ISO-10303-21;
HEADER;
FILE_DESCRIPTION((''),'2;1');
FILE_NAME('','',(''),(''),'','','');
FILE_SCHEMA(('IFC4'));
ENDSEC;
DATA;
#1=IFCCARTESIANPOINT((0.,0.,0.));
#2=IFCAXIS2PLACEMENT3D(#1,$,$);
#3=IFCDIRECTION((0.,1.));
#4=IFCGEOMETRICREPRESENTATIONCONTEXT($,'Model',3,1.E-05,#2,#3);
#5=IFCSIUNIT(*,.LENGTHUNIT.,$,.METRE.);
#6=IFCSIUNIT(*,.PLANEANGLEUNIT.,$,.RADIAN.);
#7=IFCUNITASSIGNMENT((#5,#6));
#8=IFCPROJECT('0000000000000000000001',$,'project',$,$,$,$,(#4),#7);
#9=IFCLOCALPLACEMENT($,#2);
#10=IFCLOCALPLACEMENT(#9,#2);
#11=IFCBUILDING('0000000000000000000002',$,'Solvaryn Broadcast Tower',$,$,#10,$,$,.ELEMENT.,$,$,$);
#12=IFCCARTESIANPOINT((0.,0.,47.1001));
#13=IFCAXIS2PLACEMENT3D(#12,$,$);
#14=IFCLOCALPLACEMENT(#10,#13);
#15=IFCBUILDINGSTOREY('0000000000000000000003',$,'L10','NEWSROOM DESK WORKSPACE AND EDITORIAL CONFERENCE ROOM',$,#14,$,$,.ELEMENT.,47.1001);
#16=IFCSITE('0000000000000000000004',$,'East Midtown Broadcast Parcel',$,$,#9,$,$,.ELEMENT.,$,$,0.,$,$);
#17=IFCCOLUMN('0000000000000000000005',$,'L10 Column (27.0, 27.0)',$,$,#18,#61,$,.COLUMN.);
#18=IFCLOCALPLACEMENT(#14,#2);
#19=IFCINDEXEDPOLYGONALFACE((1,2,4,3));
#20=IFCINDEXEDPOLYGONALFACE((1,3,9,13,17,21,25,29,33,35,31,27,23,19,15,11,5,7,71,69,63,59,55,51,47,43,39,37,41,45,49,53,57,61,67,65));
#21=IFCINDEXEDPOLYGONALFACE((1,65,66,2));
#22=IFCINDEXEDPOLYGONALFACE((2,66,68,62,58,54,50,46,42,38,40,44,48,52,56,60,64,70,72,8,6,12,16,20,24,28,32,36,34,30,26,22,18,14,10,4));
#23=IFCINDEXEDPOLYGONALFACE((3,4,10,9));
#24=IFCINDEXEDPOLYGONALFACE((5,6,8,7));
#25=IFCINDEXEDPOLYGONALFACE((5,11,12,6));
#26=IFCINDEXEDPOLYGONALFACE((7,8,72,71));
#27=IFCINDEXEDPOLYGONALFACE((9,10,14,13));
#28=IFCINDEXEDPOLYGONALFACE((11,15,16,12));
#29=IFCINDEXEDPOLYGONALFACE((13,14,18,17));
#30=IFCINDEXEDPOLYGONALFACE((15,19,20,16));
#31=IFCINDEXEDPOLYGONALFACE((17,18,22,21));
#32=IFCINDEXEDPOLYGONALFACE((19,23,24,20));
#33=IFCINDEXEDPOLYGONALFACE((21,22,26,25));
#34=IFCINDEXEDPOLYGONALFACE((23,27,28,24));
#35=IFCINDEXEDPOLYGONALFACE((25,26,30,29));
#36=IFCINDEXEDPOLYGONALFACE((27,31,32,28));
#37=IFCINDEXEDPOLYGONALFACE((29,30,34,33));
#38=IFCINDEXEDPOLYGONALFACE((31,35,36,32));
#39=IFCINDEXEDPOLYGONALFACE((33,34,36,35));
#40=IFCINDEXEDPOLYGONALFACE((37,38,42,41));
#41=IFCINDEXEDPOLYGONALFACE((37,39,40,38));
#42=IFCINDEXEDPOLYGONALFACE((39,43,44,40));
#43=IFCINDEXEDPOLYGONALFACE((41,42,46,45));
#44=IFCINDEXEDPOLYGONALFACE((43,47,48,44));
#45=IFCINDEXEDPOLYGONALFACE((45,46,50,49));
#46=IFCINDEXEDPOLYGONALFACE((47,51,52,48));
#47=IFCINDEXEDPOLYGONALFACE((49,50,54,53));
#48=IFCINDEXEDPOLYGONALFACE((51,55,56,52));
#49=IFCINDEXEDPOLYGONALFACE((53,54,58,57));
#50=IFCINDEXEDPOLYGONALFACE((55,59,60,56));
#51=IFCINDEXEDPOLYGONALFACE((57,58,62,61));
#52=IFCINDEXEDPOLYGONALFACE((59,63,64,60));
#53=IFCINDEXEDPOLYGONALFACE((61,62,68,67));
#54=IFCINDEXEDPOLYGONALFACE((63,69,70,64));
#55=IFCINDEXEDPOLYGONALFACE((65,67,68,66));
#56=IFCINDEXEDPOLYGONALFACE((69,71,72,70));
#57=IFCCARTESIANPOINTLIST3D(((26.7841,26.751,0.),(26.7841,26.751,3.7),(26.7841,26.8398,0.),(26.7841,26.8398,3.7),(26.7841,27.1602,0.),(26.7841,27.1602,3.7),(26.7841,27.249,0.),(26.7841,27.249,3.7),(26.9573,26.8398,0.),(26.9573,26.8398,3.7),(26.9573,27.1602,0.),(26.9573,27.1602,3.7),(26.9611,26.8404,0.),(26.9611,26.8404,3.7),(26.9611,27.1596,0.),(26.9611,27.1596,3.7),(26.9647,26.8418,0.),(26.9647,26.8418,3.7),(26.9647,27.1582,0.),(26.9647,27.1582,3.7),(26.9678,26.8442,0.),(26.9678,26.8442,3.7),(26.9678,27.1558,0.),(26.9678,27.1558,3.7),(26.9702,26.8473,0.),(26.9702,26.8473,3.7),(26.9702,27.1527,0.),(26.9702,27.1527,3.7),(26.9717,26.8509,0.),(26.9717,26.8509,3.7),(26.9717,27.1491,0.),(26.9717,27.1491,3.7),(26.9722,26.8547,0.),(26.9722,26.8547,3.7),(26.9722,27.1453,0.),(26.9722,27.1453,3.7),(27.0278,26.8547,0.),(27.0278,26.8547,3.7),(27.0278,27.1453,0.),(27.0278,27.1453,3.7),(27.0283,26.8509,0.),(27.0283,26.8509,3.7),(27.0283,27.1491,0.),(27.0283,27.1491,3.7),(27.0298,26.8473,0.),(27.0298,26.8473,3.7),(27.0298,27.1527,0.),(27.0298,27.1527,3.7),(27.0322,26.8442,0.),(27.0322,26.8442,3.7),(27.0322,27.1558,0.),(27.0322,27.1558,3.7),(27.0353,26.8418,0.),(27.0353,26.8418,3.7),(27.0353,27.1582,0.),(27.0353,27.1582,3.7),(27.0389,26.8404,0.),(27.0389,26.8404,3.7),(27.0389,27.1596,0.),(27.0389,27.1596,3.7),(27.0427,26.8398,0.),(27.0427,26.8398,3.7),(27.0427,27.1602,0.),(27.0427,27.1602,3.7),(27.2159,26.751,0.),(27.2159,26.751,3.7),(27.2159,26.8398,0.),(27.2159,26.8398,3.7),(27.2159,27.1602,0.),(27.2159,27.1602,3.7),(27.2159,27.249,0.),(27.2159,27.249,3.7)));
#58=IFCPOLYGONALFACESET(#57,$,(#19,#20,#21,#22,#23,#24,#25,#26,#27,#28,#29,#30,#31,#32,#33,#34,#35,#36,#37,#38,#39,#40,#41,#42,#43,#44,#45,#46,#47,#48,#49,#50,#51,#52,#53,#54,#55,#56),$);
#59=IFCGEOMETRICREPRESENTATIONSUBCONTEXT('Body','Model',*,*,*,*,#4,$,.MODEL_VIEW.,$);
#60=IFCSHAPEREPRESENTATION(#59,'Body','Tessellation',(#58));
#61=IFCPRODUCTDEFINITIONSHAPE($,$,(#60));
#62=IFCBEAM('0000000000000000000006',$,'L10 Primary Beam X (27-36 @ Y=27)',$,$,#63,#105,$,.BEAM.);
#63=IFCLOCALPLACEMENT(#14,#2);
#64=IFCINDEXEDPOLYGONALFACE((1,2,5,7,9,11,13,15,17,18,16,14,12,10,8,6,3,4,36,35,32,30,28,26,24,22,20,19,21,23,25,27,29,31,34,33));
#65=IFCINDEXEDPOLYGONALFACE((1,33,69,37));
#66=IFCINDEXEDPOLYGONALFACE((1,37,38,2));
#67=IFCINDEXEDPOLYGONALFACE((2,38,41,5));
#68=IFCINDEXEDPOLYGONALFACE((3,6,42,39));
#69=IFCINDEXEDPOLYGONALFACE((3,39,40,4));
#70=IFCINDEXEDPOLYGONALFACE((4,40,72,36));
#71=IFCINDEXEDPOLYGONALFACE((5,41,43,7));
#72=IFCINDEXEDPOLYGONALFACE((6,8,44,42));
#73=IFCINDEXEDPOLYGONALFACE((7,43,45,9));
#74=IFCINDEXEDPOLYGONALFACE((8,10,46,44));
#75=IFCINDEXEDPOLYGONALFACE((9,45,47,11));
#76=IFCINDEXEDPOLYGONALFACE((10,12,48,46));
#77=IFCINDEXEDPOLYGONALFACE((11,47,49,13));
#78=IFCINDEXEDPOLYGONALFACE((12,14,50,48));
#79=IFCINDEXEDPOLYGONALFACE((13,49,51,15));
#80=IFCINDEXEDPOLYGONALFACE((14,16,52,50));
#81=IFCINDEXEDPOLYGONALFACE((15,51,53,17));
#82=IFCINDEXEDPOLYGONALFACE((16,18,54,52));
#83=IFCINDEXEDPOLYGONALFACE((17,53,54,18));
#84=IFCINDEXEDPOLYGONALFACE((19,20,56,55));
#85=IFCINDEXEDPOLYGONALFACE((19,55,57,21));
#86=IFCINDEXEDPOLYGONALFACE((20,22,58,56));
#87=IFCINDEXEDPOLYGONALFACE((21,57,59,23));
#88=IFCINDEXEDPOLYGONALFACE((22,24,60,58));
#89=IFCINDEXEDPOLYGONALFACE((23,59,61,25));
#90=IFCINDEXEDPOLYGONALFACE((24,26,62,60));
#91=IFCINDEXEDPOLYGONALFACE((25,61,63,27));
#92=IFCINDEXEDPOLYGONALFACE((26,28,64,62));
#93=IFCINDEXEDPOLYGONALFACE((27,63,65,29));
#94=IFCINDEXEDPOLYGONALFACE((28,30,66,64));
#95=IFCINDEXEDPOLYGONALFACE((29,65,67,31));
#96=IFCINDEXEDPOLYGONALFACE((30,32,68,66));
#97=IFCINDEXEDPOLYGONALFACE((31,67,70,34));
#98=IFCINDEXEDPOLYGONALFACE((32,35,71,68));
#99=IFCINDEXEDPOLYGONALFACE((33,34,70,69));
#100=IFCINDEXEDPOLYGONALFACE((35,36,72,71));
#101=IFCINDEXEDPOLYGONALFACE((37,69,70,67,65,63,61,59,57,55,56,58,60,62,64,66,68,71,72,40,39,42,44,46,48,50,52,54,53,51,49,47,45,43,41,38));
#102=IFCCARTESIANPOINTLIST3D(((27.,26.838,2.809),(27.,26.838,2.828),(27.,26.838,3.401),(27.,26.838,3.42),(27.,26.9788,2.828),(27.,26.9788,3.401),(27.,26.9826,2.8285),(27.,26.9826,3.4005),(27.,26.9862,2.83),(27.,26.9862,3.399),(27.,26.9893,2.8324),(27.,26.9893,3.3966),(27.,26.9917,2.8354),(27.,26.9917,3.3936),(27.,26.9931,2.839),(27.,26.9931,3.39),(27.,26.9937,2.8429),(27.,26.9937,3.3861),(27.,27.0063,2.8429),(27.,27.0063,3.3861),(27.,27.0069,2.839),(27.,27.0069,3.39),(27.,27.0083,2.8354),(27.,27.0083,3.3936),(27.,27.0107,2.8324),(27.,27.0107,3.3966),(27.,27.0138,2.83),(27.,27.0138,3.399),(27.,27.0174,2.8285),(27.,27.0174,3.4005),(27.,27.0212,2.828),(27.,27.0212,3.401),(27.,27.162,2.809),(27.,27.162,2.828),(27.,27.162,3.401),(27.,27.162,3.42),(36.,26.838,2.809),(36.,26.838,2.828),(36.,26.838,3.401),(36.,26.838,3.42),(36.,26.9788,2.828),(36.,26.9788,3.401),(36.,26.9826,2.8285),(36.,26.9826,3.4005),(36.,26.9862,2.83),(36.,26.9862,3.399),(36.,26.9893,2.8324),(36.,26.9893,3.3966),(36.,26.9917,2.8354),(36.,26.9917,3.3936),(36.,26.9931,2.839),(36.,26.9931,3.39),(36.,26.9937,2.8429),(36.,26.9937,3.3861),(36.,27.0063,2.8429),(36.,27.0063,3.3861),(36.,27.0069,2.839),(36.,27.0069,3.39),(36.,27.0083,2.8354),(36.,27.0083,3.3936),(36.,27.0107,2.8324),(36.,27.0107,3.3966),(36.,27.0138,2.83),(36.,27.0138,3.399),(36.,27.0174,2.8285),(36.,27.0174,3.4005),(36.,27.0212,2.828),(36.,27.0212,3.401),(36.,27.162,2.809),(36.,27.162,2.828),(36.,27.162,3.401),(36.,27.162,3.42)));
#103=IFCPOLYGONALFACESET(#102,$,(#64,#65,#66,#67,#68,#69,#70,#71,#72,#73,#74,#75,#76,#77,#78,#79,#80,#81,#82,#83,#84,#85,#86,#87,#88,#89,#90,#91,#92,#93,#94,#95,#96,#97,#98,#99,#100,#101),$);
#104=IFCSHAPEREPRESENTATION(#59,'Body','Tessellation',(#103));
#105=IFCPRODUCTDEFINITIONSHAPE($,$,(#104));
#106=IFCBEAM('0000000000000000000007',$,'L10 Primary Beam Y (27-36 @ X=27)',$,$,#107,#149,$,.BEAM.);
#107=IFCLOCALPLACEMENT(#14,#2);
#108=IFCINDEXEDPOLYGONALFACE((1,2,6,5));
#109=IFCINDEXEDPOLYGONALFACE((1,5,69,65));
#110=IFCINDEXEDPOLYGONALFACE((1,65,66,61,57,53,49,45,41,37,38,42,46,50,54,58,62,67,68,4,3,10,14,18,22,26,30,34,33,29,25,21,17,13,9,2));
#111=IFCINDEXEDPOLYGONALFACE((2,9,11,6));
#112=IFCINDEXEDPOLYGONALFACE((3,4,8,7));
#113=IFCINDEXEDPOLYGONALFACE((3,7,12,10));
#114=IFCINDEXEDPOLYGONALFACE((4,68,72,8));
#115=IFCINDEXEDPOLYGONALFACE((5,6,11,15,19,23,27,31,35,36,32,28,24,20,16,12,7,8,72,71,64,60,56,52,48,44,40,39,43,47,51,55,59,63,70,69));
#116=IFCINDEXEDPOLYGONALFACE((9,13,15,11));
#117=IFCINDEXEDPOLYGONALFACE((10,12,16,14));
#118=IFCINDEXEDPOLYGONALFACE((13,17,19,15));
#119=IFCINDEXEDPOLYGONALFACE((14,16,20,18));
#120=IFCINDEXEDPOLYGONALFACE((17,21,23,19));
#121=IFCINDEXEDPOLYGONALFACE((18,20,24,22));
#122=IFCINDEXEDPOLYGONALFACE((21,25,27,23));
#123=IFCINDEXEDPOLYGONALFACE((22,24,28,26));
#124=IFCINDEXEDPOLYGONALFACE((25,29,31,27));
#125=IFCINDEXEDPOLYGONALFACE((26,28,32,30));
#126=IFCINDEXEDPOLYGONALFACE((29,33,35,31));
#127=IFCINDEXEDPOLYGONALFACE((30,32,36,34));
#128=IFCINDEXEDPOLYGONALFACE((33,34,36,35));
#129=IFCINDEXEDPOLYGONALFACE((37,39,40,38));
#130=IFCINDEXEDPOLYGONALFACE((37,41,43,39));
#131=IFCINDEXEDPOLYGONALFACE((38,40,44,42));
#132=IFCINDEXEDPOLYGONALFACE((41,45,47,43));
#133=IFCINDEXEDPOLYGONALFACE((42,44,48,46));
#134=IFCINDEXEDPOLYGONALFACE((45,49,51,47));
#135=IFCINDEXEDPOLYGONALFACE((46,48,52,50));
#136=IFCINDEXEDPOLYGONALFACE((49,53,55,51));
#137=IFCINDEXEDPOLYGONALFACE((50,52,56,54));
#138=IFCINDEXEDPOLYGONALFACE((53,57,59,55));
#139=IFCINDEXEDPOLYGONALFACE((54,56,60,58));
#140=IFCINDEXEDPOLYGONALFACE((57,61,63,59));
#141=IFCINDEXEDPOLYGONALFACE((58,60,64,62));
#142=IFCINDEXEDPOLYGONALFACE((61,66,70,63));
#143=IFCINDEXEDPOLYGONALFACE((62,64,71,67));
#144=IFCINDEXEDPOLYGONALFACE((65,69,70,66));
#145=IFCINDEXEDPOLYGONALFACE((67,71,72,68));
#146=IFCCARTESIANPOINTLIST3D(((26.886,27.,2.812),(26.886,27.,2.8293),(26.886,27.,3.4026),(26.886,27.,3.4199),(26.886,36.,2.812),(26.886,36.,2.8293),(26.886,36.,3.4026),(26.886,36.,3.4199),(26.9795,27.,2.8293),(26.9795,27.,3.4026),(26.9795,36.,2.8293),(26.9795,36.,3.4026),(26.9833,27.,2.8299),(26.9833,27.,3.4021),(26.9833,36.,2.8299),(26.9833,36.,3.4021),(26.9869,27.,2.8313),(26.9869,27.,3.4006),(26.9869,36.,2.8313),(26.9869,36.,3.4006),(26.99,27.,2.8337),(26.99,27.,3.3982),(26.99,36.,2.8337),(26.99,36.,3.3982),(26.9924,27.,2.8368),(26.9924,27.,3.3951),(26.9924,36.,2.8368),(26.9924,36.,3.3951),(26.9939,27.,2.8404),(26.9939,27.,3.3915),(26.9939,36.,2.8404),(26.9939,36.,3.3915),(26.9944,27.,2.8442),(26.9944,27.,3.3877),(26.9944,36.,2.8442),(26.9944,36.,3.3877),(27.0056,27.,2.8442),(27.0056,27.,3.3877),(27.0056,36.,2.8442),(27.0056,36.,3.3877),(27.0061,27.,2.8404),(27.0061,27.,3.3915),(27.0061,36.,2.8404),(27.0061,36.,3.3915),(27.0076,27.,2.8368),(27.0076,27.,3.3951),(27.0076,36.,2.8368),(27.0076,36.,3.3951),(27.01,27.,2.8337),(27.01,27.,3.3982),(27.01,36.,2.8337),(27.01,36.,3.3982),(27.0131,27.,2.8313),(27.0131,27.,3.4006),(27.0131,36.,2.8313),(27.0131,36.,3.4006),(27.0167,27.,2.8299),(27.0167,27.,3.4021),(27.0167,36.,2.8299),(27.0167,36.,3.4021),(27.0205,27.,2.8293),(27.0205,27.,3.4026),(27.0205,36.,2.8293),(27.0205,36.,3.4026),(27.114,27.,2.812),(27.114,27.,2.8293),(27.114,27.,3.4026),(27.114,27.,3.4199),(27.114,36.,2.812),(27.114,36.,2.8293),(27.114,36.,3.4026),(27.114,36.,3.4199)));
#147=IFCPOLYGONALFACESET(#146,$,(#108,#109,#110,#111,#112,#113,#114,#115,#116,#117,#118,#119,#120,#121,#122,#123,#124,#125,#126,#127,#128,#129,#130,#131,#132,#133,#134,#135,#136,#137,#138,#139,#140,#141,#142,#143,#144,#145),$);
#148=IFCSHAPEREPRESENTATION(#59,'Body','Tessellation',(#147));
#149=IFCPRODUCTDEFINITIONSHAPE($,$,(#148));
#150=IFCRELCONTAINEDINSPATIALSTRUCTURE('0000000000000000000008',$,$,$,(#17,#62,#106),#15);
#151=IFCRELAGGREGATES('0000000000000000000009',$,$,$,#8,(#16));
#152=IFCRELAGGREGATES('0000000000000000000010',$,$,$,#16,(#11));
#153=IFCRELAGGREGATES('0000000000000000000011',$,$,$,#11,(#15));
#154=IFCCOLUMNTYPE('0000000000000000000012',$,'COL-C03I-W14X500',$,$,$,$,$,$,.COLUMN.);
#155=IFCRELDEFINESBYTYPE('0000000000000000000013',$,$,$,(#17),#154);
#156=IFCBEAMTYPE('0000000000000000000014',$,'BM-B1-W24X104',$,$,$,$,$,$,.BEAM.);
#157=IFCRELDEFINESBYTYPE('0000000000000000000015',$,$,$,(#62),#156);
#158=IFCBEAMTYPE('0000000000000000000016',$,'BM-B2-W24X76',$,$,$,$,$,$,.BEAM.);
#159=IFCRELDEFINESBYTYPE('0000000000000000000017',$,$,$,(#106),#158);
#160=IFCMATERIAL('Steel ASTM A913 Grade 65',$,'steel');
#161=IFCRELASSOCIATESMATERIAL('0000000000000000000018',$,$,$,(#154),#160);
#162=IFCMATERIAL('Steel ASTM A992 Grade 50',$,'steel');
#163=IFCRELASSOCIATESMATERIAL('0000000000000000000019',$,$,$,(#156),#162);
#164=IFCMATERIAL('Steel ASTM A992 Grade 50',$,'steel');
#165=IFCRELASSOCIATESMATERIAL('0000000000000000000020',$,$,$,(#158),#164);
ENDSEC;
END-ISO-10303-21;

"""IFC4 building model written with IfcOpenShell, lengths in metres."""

from ifc_helpers import new_model, si_unit, direction, frame, origin, origin_2d, place, context, subcontext, project, spatial, i_section, extrude, material, material_profile, profile_set, type_object, element, save


model = new_model("IFC4")

# Units and contexts
model_context = context("Model", 3, precision=1e-05, world=origin(), true_north=direction((0.0, 1.0)))
body_context = subcontext(model_context, "Body", "Model", "MODEL_VIEW")
ifc_project = project(units=[si_unit("LENGTHUNIT", "METRE"), si_unit("PLANEANGLEUNIT", "RADIAN")], contexts=[model_context])

# Site, building, storey
site_placement = place(None, origin())
site = spatial("IfcSite", under=ifc_project, at=site_placement, Name="East Midtown Broadcast Parcel", CompositionType="ELEMENT", RefElevation=0.0)
building_placement = place(site_placement, origin())
building = spatial("IfcBuilding", under=site, at=building_placement, Name="Solvaryn Broadcast Tower", CompositionType="ELEMENT")
storey_placement = place(building_placement, frame((0.0, 0.0, 47.1001)))
storey = spatial("IfcBuildingStorey", under=building, at=storey_placement, Name="L10", Description="NEWSROOM DESK WORKSPACE AND EDITORIAL CONFERENCE ROOM", CompositionType="ELEMENT", Elevation=47.1001)

# Column
ifc_material_1 = material(Name="Steel ASTM A913 Grade 65", Category="steel")
ifc_material_profile_1 = material_profile(ifc_material_1, i_section(OverallWidth=0.4319, OverallDepth=0.498, WebThickness=0.0557, FlangeThickness=0.0889, FilletRadius=0.0149, at=origin_2d()))
ifc_profile_set_1 = profile_set([ifc_material_profile_1], Name="Steel ASTM A913 Grade 65")
column_type = type_object("IfcColumnType", Name="COL-C03I-W14X500", PredefinedType="COLUMN", material=ifc_profile_set_1)
column_placement = place(storey_placement, frame((27.0, 27.0, 0.0), z_axis=(0.0, 0.0, 1.0), x_axis=(1.0, 0.0, 0.0)))
element("IfcColumn", 1, at=column_placement, inside=storey, type_object=column_type, Name="L10 Column (27.0, 27.0)", PredefinedType="COLUMN", context=body_context, shape_type="SweptSolid", body=[
    extrude(i_section(OverallWidth=0.4319, OverallDepth=0.498, WebThickness=0.0557, FlangeThickness=0.0889, FilletRadius=0.0149, at=origin_2d()), origin(), (0.0, 0.0, 1.0), 3.7),
])

# Beams
ifc_material_2 = material(Name="Steel ASTM A992 Grade 50", Category="steel")
ifc_material_profile_2 = material_profile(ifc_material_2, i_section(OverallWidth=0.324, OverallDepth=0.6111, WebThickness=0.0127, FlangeThickness=0.019, FilletRadius=0.0149, at=origin_2d()))
ifc_profile_set_2 = profile_set([ifc_material_profile_2], Name="Steel ASTM A992 Grade 50")
beam_type_1 = type_object("IfcBeamType", Name="BM-B1-W24X104", PredefinedType="BEAM", material=ifc_profile_set_2)
beam_1_placement = place(storey_placement, frame((27.0, 27.0, 3.1145), z_axis=(1.0, 0.0, 0.0), x_axis=(0.0, 1.0, 0.0)))
element("IfcBeam", 2, at=beam_1_placement, inside=storey, type_object=beam_type_1, Name="L10 Primary Beam X (27-36 @ Y=27)", PredefinedType="BEAM", context=body_context, shape_type="SweptSolid", body=[
    extrude(i_section(OverallWidth=0.324, OverallDepth=0.6111, WebThickness=0.0127, FlangeThickness=0.019, FilletRadius=0.0149, at=origin_2d()), origin(), (0.0, 0.0, 1.0), 9.0),
])
ifc_material_3 = material(Name="Steel ASTM A992 Grade 50", Category="steel")
ifc_material_profile_3 = material_profile(ifc_material_3, i_section(OverallWidth=0.228, OverallDepth=0.6079, WebThickness=0.0112, FlangeThickness=0.0173, FilletRadius=0.0149, at=origin_2d()))
ifc_profile_set_3 = profile_set([ifc_material_profile_3], Name="Steel ASTM A992 Grade 50")
beam_type_2 = type_object("IfcBeamType", Name="BM-B2-W24X76", PredefinedType="BEAM", material=ifc_profile_set_3)
beam_2_placement = place(storey_placement, frame((27.0, 27.0, 3.116), z_axis=(0.0, 1.0, 0.0), x_axis=(-1.0, 0.0, 0.0)))
element("IfcBeam", 3, at=beam_2_placement, inside=storey, type_object=beam_type_2, Name="L10 Primary Beam Y (27-36 @ X=27)", PredefinedType="BEAM", context=body_context, shape_type="SweptSolid", body=[
    extrude(i_section(OverallWidth=0.228, OverallDepth=0.6079, WebThickness=0.0112, FlangeThickness=0.0173, FilletRadius=0.0149, at=origin_2d()), origin(), (0.0, 0.0, 1.0), 9.0),
])

save(model, "model.ifc")
